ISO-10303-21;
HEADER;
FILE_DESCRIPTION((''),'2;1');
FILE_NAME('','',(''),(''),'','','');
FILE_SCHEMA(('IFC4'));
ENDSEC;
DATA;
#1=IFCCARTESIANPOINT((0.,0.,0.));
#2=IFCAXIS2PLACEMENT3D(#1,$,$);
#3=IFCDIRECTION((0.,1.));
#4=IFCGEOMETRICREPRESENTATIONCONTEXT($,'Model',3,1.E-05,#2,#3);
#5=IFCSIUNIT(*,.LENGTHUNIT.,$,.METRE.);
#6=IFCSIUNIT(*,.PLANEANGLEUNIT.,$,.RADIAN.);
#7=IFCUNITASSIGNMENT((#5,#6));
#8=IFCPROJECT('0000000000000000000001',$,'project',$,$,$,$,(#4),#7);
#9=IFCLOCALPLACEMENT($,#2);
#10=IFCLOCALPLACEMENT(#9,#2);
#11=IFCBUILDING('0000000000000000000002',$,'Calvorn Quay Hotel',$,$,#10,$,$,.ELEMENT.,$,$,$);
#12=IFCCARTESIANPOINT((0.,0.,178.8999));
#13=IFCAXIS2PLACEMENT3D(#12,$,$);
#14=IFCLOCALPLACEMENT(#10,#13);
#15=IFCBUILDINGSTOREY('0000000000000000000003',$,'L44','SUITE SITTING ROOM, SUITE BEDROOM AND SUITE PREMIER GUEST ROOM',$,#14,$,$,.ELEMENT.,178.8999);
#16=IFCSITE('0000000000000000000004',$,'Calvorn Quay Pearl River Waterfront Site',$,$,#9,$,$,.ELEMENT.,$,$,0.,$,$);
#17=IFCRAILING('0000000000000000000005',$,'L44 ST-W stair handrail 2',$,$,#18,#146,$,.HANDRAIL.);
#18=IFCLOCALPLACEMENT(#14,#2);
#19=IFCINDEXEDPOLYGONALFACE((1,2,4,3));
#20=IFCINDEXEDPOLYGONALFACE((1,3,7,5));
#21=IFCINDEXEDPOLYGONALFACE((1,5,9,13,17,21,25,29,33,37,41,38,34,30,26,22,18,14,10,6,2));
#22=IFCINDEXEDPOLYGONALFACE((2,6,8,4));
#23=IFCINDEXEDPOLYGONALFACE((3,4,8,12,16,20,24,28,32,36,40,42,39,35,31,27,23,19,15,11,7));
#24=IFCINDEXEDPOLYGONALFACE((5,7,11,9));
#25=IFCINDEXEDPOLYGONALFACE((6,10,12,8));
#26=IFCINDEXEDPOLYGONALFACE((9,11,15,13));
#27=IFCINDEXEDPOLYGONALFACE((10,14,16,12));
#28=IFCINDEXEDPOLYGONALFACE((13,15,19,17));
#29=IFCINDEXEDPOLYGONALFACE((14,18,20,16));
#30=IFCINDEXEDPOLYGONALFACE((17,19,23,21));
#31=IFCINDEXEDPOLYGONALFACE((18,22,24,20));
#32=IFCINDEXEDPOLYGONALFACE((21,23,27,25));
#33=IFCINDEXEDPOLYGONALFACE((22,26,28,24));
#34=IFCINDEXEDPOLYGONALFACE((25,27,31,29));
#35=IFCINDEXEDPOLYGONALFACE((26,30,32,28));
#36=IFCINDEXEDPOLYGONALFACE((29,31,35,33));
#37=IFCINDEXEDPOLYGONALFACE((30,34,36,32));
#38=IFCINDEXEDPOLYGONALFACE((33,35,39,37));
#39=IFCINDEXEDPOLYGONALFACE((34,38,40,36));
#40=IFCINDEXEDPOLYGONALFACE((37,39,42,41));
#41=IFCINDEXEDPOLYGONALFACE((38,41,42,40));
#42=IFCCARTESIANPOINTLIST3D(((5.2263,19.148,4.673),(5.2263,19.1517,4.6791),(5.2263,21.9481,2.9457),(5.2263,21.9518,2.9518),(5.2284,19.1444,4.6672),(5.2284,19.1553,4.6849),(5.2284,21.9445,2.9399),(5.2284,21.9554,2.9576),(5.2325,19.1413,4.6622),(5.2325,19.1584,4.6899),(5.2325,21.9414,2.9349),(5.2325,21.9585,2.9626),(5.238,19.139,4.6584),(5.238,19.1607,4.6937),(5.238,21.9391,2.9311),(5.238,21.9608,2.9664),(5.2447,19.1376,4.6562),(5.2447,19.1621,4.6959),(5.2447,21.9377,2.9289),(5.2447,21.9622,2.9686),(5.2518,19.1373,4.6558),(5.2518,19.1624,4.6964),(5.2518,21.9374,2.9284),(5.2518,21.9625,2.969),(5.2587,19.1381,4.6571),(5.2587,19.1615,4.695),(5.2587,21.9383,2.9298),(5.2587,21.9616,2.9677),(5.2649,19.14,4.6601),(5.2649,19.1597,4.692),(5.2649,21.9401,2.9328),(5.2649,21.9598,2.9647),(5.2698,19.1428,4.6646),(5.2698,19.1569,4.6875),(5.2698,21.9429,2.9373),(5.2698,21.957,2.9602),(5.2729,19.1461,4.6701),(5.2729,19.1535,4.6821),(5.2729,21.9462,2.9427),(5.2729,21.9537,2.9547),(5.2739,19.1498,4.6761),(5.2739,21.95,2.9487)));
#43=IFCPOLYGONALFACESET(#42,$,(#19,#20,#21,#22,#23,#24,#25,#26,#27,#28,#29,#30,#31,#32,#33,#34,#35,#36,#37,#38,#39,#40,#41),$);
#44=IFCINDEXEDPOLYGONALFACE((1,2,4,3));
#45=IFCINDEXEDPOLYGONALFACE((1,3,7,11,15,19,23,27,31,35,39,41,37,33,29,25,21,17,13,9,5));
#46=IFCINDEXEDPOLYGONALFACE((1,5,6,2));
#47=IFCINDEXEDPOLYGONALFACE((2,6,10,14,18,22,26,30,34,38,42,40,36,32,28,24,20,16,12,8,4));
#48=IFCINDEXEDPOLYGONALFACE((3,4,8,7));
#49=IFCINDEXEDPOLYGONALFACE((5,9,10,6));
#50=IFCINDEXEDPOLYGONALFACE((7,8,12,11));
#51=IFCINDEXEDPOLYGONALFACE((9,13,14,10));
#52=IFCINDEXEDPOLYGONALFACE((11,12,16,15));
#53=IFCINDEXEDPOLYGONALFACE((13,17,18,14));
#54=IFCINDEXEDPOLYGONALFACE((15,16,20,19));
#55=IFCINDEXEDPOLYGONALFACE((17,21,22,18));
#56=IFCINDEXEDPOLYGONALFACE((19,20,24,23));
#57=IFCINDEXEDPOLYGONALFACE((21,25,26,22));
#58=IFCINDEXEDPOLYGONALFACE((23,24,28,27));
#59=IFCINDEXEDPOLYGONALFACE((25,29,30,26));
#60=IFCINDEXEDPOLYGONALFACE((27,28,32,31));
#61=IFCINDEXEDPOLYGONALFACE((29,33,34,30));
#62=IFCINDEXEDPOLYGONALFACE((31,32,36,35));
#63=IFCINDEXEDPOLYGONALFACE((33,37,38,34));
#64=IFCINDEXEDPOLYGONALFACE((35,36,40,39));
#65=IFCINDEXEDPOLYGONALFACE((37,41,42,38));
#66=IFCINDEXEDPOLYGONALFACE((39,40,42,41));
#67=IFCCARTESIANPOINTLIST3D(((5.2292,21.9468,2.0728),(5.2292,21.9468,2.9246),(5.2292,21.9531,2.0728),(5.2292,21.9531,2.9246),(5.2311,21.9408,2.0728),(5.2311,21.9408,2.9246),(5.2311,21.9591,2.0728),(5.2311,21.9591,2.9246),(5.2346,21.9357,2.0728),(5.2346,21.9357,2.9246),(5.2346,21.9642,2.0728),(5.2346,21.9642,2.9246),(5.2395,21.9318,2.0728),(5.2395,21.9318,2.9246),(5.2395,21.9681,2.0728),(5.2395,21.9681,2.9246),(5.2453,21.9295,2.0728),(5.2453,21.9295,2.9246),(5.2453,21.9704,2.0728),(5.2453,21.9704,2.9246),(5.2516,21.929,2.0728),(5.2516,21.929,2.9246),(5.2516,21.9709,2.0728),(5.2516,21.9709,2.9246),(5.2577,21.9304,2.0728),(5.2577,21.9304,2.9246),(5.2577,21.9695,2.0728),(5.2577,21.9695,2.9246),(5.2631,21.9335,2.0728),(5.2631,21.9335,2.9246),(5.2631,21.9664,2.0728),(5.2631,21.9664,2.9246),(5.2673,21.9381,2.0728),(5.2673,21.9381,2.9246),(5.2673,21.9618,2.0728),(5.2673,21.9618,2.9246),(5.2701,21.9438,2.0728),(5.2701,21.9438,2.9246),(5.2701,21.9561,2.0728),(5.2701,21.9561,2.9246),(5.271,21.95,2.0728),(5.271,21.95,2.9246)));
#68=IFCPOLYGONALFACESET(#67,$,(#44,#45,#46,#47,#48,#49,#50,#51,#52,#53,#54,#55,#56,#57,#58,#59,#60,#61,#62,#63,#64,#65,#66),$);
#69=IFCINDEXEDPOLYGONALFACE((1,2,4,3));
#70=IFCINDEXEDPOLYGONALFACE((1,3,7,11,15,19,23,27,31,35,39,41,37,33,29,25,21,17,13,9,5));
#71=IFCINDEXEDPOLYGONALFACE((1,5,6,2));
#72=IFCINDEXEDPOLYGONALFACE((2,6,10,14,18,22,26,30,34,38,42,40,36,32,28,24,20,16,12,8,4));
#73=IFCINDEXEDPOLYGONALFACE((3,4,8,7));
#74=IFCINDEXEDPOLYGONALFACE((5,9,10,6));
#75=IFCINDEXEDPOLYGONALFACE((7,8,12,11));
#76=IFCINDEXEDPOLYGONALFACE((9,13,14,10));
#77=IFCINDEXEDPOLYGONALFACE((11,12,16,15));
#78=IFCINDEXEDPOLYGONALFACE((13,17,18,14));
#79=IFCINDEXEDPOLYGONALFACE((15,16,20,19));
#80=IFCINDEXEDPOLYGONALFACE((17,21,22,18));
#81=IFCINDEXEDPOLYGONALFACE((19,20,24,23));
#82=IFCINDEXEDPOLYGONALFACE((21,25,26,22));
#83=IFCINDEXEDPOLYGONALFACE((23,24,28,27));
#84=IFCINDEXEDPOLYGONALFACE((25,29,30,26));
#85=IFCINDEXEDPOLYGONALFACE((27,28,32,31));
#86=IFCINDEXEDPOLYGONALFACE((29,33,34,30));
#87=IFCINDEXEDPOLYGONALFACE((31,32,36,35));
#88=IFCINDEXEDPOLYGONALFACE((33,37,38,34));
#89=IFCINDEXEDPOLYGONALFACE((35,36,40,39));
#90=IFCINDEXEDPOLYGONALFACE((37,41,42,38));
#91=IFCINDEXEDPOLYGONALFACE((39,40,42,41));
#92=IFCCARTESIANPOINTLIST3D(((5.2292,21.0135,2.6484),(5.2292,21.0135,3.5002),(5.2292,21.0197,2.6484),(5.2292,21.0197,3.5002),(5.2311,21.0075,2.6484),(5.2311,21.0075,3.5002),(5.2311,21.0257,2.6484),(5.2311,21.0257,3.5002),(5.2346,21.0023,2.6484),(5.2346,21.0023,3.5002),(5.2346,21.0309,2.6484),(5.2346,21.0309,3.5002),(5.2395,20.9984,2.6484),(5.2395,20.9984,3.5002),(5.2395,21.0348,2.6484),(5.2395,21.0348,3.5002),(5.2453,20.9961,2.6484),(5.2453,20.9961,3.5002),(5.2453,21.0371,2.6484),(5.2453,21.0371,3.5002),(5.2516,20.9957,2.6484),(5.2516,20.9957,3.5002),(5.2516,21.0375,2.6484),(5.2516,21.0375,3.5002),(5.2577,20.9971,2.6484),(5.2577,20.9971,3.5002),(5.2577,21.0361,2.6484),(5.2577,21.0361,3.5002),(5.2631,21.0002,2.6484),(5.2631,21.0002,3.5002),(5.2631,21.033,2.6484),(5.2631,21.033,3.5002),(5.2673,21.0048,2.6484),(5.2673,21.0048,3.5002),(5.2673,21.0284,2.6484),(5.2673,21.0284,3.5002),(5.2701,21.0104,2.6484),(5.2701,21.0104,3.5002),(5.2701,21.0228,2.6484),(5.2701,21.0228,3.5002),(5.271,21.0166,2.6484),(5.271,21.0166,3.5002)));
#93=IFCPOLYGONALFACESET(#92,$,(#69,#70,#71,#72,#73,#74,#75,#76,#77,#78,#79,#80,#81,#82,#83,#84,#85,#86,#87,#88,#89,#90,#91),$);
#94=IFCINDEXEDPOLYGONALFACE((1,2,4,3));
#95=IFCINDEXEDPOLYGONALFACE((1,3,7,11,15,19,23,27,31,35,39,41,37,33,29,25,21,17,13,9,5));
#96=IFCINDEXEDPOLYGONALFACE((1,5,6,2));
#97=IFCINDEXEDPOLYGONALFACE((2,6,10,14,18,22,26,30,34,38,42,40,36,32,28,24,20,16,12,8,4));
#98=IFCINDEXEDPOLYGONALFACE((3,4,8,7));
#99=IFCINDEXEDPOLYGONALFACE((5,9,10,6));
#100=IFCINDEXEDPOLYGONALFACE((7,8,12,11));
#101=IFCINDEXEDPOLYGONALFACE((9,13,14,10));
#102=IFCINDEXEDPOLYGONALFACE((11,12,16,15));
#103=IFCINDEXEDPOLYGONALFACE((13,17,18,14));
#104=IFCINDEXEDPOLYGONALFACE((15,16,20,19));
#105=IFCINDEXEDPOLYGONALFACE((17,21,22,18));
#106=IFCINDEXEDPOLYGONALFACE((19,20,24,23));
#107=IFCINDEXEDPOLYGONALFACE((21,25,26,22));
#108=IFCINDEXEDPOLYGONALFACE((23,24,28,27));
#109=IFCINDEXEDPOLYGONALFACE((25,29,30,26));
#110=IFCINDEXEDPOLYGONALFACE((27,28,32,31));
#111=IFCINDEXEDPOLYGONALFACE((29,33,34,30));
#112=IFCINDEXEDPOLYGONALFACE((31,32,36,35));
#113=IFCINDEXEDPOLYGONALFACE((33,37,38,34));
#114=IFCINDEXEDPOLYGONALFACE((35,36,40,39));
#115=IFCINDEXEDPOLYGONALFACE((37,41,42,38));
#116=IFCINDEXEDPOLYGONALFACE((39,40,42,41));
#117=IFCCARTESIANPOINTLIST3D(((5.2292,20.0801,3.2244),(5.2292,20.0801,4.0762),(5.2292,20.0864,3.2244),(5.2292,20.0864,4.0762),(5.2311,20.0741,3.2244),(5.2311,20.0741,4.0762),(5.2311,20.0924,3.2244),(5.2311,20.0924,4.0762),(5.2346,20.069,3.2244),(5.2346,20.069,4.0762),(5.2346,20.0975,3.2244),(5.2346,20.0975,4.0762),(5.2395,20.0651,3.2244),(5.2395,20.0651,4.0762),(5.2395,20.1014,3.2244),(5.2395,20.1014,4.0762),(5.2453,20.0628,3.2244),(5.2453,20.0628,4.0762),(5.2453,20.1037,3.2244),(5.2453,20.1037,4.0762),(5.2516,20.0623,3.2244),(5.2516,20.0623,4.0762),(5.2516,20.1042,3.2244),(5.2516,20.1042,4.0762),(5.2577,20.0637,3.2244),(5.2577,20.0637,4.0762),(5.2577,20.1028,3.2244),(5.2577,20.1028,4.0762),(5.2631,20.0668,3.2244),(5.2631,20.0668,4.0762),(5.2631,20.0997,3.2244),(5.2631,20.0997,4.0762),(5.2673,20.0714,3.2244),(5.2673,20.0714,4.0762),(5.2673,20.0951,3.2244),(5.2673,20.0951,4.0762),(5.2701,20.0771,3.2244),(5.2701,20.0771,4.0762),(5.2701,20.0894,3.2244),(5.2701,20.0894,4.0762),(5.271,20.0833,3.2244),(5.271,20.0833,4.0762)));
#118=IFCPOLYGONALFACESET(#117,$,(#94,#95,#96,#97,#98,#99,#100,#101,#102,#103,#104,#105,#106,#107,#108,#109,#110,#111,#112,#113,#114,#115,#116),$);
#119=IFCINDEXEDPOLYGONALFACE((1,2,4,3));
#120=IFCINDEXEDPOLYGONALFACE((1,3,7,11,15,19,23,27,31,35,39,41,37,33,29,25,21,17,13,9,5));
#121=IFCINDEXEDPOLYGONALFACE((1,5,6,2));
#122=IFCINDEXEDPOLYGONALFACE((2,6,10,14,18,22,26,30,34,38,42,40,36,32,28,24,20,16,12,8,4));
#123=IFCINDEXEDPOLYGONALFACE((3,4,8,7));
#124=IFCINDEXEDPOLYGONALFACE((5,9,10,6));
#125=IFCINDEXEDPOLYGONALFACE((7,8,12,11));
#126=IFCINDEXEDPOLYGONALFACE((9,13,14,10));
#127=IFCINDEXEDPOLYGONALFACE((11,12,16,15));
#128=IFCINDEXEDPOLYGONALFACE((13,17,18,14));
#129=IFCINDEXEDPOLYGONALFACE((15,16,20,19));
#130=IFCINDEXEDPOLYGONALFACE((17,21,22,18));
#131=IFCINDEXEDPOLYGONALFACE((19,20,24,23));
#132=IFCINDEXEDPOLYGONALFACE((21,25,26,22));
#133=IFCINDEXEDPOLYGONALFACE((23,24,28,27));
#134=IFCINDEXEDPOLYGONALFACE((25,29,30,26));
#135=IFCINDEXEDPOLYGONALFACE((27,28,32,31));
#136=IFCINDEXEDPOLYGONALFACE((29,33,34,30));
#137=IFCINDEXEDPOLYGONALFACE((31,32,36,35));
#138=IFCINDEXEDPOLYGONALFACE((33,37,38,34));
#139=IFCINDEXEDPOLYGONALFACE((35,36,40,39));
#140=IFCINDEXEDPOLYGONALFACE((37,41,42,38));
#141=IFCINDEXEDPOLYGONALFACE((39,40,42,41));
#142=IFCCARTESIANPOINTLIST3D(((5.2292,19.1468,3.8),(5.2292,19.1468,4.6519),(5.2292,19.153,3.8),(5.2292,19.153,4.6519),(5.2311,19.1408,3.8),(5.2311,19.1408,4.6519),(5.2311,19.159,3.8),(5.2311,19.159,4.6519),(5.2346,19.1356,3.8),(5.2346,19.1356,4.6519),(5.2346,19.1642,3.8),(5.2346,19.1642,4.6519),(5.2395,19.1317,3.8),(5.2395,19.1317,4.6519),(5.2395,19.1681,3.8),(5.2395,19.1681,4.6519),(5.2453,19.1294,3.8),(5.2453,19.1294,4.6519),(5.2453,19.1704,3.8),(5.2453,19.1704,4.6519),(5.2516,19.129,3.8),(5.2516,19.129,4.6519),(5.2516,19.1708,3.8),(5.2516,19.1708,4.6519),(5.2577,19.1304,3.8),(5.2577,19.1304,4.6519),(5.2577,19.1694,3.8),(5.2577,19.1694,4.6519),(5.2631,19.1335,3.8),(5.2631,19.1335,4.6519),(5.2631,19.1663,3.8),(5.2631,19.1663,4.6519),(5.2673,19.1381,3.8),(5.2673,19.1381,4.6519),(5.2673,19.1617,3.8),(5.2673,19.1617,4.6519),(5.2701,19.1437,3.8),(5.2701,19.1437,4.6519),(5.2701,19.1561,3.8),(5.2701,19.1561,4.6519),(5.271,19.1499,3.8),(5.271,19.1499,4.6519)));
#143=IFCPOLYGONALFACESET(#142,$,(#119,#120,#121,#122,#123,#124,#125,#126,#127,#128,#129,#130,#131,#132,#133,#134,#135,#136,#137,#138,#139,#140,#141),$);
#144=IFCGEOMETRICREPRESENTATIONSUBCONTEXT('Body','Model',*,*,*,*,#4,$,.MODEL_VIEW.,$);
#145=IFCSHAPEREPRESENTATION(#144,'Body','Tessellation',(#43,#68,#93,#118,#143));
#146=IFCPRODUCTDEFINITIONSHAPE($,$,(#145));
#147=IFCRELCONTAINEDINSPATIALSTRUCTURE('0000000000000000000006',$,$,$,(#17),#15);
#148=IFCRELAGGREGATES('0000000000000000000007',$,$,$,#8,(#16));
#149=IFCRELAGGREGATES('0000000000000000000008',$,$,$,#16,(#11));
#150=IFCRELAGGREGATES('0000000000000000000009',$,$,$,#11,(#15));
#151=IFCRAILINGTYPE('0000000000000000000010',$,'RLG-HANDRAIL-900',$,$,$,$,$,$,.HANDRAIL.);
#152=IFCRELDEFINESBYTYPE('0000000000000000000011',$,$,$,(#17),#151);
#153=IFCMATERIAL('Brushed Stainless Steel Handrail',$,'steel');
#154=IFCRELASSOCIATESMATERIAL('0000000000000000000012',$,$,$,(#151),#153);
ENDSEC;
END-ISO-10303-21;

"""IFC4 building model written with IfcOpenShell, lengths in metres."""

from ifc_helpers import new_model, si_unit, direction, frame, origin, origin_2d, place, context, subcontext, project, spatial, circle, extrude, material, type_object, element, save


model = new_model("IFC4")

# Units and contexts
model_context = context("Model", 3, precision=1e-05, world=origin(), true_north=direction((0.0, 1.0)))
body_context = subcontext(model_context, "Body", "Model", "MODEL_VIEW")
ifc_project = project(units=[si_unit("LENGTHUNIT", "METRE"), si_unit("PLANEANGLEUNIT", "RADIAN")], contexts=[model_context])

# Site, building, storey
site_placement = place(None, origin())
site = spatial("IfcSite", under=ifc_project, at=site_placement, Name="Calvorn Quay Pearl River Waterfront Site", CompositionType="ELEMENT", RefElevation=0.0)
building_placement = place(site_placement, origin())
building = spatial("IfcBuilding", under=site, at=building_placement, Name="Calvorn Quay Hotel", CompositionType="ELEMENT")
storey_placement = place(building_placement, frame((0.0, 0.0, 178.8999)))
storey = spatial("IfcBuildingStorey", under=building, at=storey_placement, Name="L44", Description="SUITE SITTING ROOM, SUITE BEDROOM AND SUITE PREMIER GUEST ROOM", CompositionType="ELEMENT", Elevation=178.8999)

# Railing
ifc_material_1 = material(Name="Brushed Stainless Steel Handrail", Category="steel")
railing_type_1 = type_object("IfcRailingType", Name="RLG-HANDRAIL-900", PredefinedType="HANDRAIL", material=ifc_material_1)
railing_1_placement = place(storey_placement, frame((5.25, 21.95, 2.0728)))
element("IfcRailing", 1, at=railing_1_placement, inside=storey, type_object=railing_type_1, Name="L44 ST-W stair handrail 2", PredefinedType="HANDRAIL", context=body_context, shape_type="SweptSolid", body=[
    extrude(circle(Radius=0.0239, at=origin_2d()), frame((0.0, 0.0, 0.876), z_axis=(0.0, -0.85109, 0.52502), x_axis=(1.0, 0.0, 0.0)), (0.0, 0.0, 1.0), 3.29),
    extrude(circle(Radius=0.021, at=origin_2d()), origin(), (0.0, 0.0, 1.0), 0.8518),
    extrude(circle(Radius=0.021, at=origin_2d()), frame((0.0, -0.9333, 0.5757)), (0.0, 0.0, 1.0), 0.8518),
    extrude(circle(Radius=0.021, at=origin_2d()), frame((0.0, -1.8667, 1.1516)), (0.0, 0.0, 1.0), 0.8518),
    extrude(circle(Radius=0.021, at=origin_2d()), frame((0.0, -2.8, 1.7273)), (0.0, 0.0, 1.0), 0.8518),
])

save(model, "model.ifc")
